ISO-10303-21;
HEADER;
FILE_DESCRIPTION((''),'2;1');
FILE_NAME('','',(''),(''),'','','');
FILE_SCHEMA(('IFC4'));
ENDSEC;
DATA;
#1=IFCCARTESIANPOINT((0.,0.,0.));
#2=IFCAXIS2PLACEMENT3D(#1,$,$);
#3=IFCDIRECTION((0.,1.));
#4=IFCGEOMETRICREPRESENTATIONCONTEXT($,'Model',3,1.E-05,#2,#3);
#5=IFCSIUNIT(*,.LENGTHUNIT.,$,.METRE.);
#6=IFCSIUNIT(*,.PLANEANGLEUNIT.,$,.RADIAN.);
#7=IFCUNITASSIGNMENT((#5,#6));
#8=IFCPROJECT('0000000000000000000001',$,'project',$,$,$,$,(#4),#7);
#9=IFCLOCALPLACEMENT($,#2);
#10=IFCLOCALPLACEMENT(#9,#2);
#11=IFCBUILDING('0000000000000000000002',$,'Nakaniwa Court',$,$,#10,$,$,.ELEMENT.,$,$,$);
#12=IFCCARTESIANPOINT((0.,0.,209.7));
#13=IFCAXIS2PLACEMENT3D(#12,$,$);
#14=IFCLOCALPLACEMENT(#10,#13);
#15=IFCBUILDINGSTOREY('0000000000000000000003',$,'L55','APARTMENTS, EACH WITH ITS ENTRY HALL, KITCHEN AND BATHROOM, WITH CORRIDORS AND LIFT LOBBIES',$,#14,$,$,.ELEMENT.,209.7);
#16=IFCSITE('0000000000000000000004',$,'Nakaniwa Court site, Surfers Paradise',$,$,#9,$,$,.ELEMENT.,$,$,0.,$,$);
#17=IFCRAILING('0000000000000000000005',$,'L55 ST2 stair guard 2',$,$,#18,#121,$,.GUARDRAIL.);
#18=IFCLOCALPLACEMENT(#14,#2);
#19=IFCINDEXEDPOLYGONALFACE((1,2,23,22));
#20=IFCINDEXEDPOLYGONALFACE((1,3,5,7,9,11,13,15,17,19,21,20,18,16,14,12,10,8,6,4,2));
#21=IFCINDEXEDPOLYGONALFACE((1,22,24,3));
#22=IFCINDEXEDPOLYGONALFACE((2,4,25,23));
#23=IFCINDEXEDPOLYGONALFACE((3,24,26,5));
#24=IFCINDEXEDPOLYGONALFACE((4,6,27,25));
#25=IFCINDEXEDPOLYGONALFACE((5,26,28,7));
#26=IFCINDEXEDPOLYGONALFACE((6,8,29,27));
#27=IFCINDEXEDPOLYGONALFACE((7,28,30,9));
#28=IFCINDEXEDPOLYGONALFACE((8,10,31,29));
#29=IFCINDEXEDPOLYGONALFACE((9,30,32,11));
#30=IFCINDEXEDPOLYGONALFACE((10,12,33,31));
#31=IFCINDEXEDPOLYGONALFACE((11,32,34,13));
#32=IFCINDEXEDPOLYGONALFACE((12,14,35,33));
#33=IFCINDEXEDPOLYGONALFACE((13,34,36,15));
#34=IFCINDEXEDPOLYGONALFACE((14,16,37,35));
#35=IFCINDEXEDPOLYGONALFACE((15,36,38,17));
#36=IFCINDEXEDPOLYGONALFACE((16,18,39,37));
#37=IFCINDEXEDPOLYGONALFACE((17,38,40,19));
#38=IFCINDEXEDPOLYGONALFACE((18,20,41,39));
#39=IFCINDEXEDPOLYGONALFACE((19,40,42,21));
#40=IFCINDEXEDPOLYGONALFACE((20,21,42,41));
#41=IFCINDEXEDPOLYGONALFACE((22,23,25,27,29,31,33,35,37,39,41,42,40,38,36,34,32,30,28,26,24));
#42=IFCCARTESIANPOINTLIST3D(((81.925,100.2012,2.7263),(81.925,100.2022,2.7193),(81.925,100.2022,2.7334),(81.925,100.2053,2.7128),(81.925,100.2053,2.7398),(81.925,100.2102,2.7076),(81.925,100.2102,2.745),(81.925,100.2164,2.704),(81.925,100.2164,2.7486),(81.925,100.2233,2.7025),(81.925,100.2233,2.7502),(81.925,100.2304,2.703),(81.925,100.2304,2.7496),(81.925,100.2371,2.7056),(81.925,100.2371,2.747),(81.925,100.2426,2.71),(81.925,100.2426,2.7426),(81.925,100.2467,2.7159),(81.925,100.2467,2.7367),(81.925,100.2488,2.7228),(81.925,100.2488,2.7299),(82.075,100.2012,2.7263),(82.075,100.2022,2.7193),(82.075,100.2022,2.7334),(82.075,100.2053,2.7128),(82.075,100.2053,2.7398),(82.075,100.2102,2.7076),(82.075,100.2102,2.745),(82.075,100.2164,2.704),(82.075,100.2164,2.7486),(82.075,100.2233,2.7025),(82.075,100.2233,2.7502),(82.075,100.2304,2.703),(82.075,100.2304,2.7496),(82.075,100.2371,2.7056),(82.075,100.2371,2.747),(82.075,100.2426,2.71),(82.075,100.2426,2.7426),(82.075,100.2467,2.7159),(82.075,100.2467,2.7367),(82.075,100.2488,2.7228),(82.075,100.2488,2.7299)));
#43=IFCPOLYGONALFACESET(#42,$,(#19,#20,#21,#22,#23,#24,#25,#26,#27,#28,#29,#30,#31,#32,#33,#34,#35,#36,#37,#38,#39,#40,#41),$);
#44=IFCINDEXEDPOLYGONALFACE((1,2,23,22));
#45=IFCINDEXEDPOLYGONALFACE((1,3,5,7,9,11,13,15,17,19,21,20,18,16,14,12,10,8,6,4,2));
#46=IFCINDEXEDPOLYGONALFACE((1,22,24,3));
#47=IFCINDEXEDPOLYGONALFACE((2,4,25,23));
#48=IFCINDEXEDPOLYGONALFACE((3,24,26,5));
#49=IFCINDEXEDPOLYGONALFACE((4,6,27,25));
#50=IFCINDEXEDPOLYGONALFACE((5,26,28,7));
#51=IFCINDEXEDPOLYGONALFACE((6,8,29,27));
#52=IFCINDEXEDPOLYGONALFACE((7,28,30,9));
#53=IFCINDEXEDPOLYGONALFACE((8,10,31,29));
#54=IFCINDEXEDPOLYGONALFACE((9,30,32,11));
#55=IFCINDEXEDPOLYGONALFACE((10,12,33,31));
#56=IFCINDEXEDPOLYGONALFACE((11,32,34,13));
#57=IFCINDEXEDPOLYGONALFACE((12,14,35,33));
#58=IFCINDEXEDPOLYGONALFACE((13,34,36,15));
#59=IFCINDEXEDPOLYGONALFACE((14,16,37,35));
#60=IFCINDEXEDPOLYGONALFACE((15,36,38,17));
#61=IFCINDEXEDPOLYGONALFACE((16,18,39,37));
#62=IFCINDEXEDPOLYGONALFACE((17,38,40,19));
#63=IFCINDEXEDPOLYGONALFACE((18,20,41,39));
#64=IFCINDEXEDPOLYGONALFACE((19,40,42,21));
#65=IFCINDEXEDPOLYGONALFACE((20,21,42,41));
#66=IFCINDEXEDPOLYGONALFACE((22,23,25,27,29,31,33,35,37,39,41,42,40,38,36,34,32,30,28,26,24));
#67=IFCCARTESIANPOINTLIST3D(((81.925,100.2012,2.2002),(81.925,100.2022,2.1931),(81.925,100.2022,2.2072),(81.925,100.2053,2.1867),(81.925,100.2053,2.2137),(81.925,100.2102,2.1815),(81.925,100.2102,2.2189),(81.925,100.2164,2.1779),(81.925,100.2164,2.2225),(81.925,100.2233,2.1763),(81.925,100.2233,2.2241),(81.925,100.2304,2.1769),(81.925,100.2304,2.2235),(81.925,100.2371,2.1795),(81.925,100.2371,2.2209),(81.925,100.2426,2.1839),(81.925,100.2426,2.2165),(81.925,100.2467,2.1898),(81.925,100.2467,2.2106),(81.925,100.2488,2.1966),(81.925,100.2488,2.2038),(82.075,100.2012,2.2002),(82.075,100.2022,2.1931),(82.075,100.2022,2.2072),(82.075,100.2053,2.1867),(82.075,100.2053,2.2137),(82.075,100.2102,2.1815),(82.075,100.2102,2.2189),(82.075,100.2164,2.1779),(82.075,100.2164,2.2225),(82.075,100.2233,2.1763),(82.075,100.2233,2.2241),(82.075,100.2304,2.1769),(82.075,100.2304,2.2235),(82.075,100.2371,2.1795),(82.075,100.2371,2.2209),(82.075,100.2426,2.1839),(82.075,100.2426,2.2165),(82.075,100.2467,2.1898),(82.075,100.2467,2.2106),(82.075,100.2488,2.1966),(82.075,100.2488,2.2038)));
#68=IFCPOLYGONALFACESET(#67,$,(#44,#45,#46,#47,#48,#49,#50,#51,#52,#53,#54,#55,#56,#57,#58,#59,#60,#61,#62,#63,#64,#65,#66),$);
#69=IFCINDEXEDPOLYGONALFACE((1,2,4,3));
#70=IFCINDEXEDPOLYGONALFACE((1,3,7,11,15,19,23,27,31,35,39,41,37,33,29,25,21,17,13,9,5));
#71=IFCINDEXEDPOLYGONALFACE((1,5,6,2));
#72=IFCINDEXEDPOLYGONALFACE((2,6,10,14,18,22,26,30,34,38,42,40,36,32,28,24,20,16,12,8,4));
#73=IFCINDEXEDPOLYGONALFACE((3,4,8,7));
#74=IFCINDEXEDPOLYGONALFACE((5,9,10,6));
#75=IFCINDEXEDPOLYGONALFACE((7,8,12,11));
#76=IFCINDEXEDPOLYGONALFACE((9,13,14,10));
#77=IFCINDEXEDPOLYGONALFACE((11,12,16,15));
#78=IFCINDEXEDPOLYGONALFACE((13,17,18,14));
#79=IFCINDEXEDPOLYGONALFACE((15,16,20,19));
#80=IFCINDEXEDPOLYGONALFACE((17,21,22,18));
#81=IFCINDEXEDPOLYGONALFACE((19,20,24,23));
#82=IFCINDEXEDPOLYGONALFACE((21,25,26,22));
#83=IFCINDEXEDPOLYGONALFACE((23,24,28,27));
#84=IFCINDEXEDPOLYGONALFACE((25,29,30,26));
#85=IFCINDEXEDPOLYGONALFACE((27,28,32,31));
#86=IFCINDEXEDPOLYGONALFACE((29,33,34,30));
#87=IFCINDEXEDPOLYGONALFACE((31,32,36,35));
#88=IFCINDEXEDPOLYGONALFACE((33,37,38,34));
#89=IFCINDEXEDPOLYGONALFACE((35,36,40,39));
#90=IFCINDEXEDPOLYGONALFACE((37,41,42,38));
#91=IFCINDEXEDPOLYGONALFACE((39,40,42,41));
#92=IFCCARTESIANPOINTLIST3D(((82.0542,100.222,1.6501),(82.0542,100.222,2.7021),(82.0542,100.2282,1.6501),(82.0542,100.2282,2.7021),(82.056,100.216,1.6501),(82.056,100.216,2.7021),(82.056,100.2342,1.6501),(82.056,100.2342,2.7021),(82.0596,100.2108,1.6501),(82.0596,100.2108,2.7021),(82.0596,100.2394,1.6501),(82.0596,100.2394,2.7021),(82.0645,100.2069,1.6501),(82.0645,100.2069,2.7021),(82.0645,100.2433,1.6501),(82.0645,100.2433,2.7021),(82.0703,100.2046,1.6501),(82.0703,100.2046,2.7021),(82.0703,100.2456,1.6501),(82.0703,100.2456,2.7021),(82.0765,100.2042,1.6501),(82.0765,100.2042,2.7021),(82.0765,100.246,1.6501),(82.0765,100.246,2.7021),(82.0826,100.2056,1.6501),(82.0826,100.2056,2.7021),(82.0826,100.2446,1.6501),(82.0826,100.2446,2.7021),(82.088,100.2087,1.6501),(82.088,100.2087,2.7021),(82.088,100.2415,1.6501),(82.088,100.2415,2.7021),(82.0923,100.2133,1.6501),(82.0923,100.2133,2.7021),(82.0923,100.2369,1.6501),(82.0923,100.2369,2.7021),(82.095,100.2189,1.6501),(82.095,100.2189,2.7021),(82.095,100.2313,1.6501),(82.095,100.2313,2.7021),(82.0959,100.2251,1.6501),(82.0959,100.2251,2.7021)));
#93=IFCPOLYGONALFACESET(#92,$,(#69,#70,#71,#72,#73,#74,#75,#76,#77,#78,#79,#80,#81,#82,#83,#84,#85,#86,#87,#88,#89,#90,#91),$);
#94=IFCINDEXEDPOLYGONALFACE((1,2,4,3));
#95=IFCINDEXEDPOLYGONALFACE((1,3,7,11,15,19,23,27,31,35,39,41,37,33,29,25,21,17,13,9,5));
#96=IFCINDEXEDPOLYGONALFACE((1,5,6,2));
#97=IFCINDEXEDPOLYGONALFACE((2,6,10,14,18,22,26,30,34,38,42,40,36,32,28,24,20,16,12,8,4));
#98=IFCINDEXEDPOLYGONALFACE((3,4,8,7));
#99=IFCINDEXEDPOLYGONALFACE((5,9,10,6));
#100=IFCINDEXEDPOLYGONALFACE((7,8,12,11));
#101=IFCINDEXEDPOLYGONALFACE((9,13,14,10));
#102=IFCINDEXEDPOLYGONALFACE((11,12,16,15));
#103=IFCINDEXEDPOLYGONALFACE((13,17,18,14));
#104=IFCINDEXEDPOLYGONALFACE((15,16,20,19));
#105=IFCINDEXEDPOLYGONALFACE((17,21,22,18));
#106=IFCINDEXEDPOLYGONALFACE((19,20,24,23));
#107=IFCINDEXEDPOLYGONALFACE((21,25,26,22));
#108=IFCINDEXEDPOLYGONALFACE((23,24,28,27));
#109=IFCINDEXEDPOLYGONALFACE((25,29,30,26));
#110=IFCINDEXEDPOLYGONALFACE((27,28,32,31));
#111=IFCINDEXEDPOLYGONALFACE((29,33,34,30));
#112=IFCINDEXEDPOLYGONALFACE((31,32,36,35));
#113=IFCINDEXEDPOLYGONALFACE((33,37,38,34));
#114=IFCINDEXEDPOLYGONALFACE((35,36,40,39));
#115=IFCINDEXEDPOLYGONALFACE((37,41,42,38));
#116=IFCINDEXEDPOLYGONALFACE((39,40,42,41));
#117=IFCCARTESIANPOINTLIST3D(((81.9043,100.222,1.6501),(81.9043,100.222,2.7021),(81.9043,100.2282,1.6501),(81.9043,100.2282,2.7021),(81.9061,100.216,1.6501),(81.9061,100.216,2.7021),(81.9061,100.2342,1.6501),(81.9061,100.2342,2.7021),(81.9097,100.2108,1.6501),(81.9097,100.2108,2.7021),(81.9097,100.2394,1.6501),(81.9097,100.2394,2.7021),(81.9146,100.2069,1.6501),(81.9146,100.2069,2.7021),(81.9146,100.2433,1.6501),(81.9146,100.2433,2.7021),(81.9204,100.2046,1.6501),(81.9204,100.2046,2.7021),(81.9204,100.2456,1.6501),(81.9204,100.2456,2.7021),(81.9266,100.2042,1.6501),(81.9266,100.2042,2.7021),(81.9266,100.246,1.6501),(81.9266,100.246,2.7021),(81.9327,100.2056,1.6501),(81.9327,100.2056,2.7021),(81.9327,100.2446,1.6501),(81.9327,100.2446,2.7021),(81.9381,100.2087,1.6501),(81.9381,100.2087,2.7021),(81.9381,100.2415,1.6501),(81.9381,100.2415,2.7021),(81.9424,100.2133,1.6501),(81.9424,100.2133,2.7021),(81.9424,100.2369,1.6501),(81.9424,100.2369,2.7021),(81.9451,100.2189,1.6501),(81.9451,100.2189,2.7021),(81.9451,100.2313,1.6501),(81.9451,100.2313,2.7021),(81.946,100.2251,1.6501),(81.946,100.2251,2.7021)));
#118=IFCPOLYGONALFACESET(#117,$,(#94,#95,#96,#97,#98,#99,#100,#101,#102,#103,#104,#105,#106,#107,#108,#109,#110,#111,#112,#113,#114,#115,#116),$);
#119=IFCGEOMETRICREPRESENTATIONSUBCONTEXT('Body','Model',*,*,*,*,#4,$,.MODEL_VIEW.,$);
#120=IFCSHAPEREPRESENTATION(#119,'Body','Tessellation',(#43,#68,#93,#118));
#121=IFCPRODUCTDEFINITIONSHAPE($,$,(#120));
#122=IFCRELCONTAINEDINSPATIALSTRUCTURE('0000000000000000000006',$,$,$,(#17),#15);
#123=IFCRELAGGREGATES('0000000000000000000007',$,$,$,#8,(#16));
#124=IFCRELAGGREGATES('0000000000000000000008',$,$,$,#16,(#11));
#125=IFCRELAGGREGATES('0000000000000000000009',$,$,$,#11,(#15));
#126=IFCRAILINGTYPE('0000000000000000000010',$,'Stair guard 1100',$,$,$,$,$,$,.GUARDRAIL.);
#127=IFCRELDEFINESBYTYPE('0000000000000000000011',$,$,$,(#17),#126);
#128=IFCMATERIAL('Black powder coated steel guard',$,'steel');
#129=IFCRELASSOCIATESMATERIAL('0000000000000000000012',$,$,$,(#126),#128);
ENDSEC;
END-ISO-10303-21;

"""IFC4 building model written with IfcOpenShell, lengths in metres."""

from ifc_helpers import new_model, si_unit, direction, frame, origin, origin_2d, place, context, subcontext, project, spatial, circle, extrude, material, type_object, element, save


model = new_model("IFC4")

# Units and contexts
model_context = context("Model", 3, precision=1e-05, world=origin(), true_north=direction((0.0, 1.0)))
body_context = subcontext(model_context, "Body", "Model", "MODEL_VIEW")
ifc_project = project(units=[si_unit("LENGTHUNIT", "METRE"), si_unit("PLANEANGLEUNIT", "RADIAN")], contexts=[model_context])

# Site, building, storey
site_placement = place(None, origin())
site = spatial("IfcSite", under=ifc_project, at=site_placement, Name="Nakaniwa Court site, Surfers Paradise", CompositionType="ELEMENT", RefElevation=0.0)
building_placement = place(site_placement, origin())
building = spatial("IfcBuilding", under=site, at=building_placement, Name="Nakaniwa Court", CompositionType="ELEMENT")
storey_placement = place(building_placement, frame((0.0, 0.0, 209.7)))
storey = spatial("IfcBuildingStorey", under=building, at=storey_placement, Name="L55", Description="APARTMENTS, EACH WITH ITS ENTRY HALL, KITCHEN AND BATHROOM, WITH CORRIDORS AND LIFT LOBBIES", CompositionType="ELEMENT", Elevation=209.7)

# Railing
ifc_material_1 = material(Name="Black powder coated steel guard", Category="steel")
railing_type_1 = type_object("IfcRailingType", Name="Stair guard 1100", PredefinedType="GUARDRAIL", material=ifc_material_1)
railing_1_placement = place(storey_placement, frame((82.075, 100.2251, 1.6501)))
element("IfcRailing", 1, at=railing_1_placement, inside=storey, type_object=railing_type_1, Name="L55 ST2 stair guard 2", PredefinedType="GUARDRAIL", context=body_context, shape_type="SweptSolid", body=[
    extrude(circle(Radius=0.0239, at=origin_2d()), frame((0.0, 0.0, 1.0762), z_axis=(-1.0, 0.0, 0.0), x_axis=(0.0, -1.0, 0.0)), (0.0, 0.0, 1.0), 0.1499),
    extrude(circle(Radius=0.0239, at=origin_2d()), frame((0.0, 0.0, 0.55), z_axis=(-1.0, 0.0, 0.0), x_axis=(0.0, -1.0, 0.0)), (0.0, 0.0, 1.0), 0.1499),
    extrude(circle(Radius=0.021, at=origin_2d()), origin(), (0.0, 0.0, 1.0), 1.052),
    extrude(circle(Radius=0.021, at=origin_2d()), frame((-0.1499, 0.0, 0.0)), (0.0, 0.0, 1.0), 1.052),
])

save(model, "model.ifc")
